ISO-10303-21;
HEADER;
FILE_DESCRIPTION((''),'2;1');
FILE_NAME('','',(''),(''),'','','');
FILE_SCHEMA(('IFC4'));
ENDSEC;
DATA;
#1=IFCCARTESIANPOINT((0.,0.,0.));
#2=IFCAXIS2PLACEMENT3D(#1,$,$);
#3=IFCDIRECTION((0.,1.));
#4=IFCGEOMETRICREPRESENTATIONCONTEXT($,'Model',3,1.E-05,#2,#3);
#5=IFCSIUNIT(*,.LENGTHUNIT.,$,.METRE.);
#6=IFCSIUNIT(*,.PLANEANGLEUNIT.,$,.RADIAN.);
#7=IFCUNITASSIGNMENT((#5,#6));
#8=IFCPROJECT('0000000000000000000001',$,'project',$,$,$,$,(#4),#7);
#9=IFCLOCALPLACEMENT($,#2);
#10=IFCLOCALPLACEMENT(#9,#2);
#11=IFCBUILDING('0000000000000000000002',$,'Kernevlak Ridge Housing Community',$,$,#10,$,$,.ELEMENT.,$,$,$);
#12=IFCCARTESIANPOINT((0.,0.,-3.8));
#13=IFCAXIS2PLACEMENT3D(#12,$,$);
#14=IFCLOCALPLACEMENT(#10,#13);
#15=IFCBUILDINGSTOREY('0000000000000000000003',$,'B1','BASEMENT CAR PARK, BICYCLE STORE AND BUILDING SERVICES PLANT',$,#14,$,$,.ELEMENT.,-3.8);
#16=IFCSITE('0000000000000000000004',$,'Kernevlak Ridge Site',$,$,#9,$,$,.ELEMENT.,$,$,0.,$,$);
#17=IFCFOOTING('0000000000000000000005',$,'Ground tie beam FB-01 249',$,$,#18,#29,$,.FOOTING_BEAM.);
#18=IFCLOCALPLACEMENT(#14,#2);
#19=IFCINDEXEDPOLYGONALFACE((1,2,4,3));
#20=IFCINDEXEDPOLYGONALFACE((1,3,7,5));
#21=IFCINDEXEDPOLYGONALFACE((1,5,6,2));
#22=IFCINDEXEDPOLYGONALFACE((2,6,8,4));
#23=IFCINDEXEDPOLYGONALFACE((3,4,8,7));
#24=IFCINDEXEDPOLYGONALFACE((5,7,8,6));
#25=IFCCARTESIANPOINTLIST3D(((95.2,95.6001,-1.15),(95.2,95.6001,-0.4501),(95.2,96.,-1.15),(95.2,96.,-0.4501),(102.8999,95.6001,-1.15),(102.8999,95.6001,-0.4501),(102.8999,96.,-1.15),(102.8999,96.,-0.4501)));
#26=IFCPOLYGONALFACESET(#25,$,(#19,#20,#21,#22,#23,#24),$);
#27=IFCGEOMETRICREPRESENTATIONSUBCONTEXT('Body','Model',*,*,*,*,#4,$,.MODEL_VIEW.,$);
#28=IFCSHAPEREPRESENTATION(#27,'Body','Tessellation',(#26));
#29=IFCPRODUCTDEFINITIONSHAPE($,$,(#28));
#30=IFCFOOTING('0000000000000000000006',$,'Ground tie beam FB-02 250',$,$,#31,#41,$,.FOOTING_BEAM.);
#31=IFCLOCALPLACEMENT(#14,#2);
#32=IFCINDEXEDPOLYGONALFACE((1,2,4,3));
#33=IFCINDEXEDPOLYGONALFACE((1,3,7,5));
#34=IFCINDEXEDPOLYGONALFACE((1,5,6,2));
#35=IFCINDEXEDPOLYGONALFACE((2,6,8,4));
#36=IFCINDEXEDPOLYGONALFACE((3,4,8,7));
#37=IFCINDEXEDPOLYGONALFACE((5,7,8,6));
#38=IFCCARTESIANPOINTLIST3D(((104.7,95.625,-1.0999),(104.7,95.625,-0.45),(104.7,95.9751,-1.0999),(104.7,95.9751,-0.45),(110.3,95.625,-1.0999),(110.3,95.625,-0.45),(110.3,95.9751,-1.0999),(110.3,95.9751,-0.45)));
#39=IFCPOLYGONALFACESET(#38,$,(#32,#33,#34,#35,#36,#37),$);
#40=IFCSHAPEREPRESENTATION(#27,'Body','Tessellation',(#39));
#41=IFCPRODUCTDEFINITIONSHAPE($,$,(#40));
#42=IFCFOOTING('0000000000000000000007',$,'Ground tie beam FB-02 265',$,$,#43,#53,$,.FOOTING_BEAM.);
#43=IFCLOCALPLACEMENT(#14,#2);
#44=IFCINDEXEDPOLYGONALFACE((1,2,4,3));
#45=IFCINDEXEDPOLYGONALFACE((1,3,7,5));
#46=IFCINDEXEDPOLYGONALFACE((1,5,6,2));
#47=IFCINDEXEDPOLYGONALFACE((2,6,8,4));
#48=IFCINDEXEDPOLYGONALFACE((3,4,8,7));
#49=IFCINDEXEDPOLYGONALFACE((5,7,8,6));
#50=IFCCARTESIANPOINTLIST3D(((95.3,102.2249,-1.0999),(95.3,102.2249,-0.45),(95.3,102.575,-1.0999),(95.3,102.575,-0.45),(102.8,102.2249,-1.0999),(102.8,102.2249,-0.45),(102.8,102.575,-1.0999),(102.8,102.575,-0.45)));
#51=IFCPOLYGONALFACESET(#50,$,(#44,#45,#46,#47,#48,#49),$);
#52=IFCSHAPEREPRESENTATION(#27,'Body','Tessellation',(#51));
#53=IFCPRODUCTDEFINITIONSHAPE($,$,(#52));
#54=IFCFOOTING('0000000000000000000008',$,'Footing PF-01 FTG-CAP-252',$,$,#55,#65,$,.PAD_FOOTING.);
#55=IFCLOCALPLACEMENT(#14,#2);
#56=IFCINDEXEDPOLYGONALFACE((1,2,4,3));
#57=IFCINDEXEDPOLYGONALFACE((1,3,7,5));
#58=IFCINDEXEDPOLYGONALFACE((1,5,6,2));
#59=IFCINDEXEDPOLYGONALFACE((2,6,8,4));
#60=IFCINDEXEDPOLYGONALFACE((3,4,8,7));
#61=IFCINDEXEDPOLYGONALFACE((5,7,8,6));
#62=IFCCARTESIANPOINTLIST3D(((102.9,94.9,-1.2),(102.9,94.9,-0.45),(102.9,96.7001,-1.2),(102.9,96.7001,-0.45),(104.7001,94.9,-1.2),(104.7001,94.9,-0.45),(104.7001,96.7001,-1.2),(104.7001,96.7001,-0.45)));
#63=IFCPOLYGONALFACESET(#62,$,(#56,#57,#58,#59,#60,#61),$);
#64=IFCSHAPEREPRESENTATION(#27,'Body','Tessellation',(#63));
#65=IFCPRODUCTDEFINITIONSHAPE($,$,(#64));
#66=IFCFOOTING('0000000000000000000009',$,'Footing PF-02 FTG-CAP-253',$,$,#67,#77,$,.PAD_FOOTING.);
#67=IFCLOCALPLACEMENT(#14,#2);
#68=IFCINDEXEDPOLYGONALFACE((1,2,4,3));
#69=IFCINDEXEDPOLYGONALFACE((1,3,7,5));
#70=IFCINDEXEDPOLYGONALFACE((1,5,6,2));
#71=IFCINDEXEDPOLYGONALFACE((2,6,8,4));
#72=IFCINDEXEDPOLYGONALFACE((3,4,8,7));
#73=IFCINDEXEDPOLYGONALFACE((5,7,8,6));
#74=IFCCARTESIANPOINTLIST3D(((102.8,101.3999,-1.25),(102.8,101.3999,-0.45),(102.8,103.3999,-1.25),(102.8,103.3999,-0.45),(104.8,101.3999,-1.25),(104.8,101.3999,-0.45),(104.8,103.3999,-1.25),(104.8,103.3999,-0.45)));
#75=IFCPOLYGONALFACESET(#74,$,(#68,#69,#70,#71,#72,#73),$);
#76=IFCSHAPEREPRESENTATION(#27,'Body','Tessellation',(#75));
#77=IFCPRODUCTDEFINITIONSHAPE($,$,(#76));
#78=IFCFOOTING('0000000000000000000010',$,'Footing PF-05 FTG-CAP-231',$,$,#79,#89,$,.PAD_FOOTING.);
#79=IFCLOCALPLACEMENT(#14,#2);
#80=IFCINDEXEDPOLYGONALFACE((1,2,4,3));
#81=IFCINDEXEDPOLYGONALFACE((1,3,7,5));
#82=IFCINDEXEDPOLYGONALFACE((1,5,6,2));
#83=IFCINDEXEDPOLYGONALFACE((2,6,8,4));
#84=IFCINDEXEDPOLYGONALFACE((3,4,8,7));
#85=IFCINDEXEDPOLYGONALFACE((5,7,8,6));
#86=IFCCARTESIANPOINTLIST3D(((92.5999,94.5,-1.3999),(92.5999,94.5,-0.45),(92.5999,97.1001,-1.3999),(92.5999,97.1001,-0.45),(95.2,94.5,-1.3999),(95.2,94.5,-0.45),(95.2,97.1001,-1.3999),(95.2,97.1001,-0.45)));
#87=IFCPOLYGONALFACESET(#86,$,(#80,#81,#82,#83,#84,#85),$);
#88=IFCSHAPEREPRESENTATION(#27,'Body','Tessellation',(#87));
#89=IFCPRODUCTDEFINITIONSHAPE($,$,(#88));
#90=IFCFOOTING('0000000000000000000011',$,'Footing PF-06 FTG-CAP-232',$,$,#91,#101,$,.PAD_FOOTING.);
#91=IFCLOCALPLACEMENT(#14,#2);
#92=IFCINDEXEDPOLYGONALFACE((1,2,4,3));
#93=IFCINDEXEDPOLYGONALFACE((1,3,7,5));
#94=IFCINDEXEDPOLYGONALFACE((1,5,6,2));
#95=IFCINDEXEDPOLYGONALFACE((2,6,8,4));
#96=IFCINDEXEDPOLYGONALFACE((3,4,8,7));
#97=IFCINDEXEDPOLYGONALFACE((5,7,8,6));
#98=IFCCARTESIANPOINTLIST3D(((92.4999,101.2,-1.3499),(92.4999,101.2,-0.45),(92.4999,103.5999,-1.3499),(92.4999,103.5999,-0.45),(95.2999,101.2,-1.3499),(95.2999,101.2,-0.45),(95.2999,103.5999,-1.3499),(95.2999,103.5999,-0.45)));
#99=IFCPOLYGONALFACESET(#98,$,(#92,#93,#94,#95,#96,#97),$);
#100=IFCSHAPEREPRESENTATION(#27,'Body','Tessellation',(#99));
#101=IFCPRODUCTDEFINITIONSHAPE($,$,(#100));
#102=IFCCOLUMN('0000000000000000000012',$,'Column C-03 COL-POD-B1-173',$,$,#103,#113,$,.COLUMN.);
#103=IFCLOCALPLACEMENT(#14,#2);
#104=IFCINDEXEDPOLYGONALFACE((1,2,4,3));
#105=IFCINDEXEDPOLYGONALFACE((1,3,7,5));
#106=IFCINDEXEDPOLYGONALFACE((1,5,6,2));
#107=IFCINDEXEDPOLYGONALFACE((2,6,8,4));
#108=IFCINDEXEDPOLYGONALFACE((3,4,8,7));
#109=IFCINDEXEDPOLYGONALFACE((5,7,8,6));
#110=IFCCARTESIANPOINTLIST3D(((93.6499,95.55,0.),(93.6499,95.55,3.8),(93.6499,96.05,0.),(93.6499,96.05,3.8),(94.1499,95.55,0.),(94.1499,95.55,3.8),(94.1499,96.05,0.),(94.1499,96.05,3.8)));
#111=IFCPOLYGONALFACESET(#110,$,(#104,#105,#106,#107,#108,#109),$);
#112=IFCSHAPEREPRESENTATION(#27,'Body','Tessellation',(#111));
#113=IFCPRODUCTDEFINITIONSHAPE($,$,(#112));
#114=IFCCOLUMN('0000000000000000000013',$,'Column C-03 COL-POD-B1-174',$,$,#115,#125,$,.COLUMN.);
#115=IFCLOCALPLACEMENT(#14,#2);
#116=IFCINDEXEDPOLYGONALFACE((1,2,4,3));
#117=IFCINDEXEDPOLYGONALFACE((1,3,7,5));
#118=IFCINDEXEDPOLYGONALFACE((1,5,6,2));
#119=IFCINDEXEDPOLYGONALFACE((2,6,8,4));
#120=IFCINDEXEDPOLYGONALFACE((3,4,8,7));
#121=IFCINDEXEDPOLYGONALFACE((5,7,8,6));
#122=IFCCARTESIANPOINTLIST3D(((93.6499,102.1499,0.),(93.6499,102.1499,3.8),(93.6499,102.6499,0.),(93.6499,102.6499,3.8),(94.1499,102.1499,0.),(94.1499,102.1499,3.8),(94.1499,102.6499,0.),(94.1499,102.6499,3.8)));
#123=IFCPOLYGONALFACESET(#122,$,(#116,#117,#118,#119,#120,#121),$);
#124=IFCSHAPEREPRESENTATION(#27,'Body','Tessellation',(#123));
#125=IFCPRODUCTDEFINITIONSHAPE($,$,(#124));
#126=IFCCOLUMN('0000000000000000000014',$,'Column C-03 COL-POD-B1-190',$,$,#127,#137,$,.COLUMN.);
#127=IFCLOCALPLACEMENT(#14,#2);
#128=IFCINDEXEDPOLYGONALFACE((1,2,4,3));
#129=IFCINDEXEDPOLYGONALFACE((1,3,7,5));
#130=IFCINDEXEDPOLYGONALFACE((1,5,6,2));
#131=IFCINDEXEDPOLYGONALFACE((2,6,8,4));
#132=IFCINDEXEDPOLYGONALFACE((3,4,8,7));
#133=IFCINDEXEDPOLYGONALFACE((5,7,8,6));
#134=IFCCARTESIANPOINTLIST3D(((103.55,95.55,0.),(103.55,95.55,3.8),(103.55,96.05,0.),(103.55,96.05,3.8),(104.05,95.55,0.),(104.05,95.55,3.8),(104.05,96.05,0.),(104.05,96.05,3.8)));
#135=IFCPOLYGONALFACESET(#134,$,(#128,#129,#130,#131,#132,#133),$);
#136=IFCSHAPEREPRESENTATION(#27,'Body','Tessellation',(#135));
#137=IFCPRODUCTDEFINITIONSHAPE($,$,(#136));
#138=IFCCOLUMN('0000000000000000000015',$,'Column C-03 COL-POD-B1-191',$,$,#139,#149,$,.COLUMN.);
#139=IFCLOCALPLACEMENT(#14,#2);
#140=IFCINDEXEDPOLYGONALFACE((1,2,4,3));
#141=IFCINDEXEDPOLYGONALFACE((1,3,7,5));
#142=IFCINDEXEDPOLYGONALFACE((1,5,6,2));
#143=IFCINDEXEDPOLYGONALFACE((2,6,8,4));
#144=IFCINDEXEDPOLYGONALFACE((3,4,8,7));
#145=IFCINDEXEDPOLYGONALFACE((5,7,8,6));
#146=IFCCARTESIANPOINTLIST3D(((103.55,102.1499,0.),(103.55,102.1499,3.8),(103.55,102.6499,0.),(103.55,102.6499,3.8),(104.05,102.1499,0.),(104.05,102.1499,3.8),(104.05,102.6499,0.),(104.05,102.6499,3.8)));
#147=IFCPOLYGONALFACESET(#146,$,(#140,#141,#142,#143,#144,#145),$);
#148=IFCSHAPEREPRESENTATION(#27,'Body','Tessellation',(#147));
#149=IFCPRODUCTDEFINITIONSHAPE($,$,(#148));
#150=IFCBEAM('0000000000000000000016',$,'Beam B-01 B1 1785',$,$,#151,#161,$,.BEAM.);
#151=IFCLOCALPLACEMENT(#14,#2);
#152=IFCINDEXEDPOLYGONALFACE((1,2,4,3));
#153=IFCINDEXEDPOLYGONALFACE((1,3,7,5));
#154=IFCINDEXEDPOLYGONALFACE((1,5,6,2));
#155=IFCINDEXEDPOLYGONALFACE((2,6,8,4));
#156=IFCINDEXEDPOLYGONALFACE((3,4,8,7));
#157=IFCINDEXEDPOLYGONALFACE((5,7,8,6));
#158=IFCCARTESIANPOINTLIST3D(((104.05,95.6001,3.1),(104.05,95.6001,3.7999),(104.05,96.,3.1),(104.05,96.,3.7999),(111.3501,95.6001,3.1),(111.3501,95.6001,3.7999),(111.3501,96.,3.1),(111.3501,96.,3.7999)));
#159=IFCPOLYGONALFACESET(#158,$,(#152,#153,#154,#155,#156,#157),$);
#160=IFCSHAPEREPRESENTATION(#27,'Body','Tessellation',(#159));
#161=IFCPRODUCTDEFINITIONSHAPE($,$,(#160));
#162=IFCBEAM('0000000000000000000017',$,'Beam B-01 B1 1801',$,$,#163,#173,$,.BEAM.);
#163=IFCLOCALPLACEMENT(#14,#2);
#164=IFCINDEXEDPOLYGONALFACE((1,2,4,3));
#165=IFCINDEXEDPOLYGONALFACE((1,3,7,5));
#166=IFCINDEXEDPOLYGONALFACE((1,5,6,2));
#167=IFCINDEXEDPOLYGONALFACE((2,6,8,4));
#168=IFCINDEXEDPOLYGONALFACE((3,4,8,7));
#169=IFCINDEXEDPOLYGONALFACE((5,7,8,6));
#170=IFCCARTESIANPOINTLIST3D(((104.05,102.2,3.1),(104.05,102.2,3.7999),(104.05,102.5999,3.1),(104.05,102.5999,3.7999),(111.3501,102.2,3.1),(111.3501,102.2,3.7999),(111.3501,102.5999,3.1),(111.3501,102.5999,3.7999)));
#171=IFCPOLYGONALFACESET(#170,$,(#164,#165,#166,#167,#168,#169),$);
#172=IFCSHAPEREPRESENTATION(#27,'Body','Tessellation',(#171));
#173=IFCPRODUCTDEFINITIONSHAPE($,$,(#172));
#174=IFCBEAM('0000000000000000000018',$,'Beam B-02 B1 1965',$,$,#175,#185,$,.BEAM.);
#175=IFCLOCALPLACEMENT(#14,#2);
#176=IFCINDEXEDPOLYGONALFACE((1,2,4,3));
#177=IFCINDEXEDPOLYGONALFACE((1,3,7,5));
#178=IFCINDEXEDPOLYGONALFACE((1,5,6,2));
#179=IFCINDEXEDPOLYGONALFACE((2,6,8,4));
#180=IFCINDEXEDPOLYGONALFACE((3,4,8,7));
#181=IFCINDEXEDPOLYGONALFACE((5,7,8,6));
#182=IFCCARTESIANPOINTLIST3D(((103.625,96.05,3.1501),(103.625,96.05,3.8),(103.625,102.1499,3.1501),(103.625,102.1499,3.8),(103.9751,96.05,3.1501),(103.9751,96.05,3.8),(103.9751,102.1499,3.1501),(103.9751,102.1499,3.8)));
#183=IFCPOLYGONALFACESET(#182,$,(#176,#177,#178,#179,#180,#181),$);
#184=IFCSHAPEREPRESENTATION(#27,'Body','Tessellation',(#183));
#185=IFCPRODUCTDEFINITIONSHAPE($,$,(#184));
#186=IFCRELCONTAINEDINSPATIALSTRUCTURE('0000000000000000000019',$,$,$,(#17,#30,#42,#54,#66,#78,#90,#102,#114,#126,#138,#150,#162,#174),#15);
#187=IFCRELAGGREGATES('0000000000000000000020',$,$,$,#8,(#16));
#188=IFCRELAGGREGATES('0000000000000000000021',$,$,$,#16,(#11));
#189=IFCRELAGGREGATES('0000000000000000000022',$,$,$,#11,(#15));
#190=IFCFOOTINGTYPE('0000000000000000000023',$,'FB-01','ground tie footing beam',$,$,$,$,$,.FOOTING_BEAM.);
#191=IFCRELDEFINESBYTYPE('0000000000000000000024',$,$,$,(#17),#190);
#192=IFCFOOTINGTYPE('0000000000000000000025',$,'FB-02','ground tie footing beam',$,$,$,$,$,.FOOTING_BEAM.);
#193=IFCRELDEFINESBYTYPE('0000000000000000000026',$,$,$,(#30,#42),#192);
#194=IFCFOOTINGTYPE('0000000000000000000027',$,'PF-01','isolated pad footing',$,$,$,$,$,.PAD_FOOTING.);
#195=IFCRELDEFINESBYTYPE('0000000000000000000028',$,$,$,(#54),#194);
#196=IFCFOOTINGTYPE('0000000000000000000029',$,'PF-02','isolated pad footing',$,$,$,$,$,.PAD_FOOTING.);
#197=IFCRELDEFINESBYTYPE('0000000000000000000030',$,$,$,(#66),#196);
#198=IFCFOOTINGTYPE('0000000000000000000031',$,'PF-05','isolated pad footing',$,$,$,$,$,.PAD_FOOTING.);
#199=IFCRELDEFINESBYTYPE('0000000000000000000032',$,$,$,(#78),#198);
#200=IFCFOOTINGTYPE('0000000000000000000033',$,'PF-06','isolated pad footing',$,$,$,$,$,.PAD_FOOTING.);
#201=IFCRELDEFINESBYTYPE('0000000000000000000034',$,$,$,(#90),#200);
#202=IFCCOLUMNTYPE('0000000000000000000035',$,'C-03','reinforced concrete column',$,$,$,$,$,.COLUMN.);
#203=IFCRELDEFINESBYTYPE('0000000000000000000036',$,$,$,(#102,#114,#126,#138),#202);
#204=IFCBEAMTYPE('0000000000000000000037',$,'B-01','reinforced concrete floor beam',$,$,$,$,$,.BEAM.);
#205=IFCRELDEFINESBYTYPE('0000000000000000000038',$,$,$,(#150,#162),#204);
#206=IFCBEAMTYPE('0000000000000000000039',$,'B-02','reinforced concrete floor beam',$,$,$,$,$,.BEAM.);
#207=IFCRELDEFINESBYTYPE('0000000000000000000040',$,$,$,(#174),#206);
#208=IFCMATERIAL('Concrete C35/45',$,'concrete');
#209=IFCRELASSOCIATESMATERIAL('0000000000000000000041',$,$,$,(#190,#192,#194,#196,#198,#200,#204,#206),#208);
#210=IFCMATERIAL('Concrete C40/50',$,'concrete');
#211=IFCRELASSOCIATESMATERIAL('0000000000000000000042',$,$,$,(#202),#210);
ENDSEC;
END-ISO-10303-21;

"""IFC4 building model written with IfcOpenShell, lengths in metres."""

from ifc_helpers import new_model, si_unit, direction, frame, origin, origin_2d, place, context, subcontext, project, spatial, rectangle, extrude, material, material_profile, profile_set, type_object, element, save


model = new_model("IFC4")

# Units and contexts
model_context = context("Model", 3, precision=1e-05, world=origin(), true_north=direction((0.0, 1.0)))
body_context = subcontext(model_context, "Body", "Model", "MODEL_VIEW")
ifc_project = project(units=[si_unit("LENGTHUNIT", "METRE"), si_unit("PLANEANGLEUNIT", "RADIAN")], contexts=[model_context])

# Site, building, storey
site_placement = place(None, origin())
site = spatial("IfcSite", under=ifc_project, at=site_placement, Name="Kernevlak Ridge Site", CompositionType="ELEMENT", RefElevation=0.0)
building_placement = place(site_placement, origin())
building = spatial("IfcBuilding", under=site, at=building_placement, Name="Kernevlak Ridge Housing Community", CompositionType="ELEMENT")
storey_placement = place(building_placement, frame((0.0, 0.0, -3.8)))
storey = spatial("IfcBuildingStorey", under=building, at=storey_placement, Name="B1", Description="BASEMENT CAR PARK, BICYCLE STORE AND BUILDING SERVICES PLANT", CompositionType="ELEMENT", Elevation=-3.8)

# Footings
ifc_material_1 = material(Name="Concrete C35/45", Category="concrete")
ifc_material_profile_1 = material_profile(ifc_material_1, rectangle(XDim=0.3999, YDim=0.7, at=origin_2d()), Name="RC 400x700")
ifc_profile_set_1 = profile_set([ifc_material_profile_1], Name="Concrete C35/45")
footing_type_1 = type_object("IfcFootingType", Name="FB-01", Description="ground tie footing beam", PredefinedType="FOOTING_BEAM", material=ifc_profile_set_1)
footing_1_placement = place(storey_placement, frame((95.2, 95.8, -0.8), z_axis=(1.0, 0.0, 0.0), x_axis=(0.0, 1.0, 0.0)))
element("IfcFooting", 1, at=footing_1_placement, inside=storey, type_object=footing_type_1, Name="Ground tie beam FB-01 249", PredefinedType="FOOTING_BEAM", context=body_context, shape_type="SweptSolid", body=[
    extrude(rectangle(XDim=0.3999, YDim=0.7, at=origin_2d()), origin(), (0.0, 0.0, 1.0), 7.7),
])
ifc_material_profile_2 = material_profile(ifc_material_1, rectangle(XDim=0.3501, YDim=0.6499, at=origin_2d()), Name="RC 350x650")
ifc_profile_set_2 = profile_set([ifc_material_profile_2], Name="Concrete C35/45")
footing_type_2 = type_object("IfcFootingType", Name="FB-02", Description="ground tie footing beam", PredefinedType="FOOTING_BEAM", material=ifc_profile_set_2)
footing_2_placement = place(storey_placement, frame((104.7, 95.8, -0.7749), z_axis=(1.0, 0.0, 0.0), x_axis=(0.0, 1.0, 0.0)))
element("IfcFooting", 2, at=footing_2_placement, inside=storey, type_object=footing_type_2, Name="Ground tie beam FB-02 250", PredefinedType="FOOTING_BEAM", context=body_context, shape_type="SweptSolid", body=[
    extrude(rectangle(XDim=0.3501, YDim=0.6499, at=origin_2d()), origin(), (0.0, 0.0, 1.0), 5.6001),
])
footing_3_placement = place(storey_placement, frame((95.3, 102.3999, -0.7749), z_axis=(1.0, 0.0, 0.0), x_axis=(0.0, 1.0, 0.0)))
element("IfcFooting", 3, at=footing_3_placement, inside=storey, type_object=footing_type_2, Name="Ground tie beam FB-02 265", PredefinedType="FOOTING_BEAM", context=body_context, shape_type="SweptSolid", body=[
    extrude(rectangle(XDim=0.3501, YDim=0.6499, at=origin_2d()), origin(), (0.0, 0.0, 1.0), 7.5),
])
footing_type_3 = type_object("IfcFootingType", Name="PF-01", Description="isolated pad footing", PredefinedType="PAD_FOOTING", material=ifc_material_1)
footing_4_placement = place(storey_placement, frame((103.8, 95.8, -1.2), z_axis=(0.0, 0.0, 1.0), x_axis=(1.0, 0.0, 0.0)))
element("IfcFooting", 4, at=footing_4_placement, inside=storey, type_object=footing_type_3, Name="Footing PF-01 FTG-CAP-252", PredefinedType="PAD_FOOTING", context=body_context, shape_type="SweptSolid", body=[
    extrude(rectangle(XDim=1.8, YDim=1.8, at=origin_2d()), origin(), (0.0, 0.0, 1.0), 0.75),
])
footing_type_4 = type_object("IfcFootingType", Name="PF-02", Description="isolated pad footing", PredefinedType="PAD_FOOTING", material=ifc_material_1)
footing_5_placement = place(storey_placement, frame((103.8, 102.3999, -1.25), z_axis=(0.0, 0.0, 1.0), x_axis=(1.0, 0.0, 0.0)))
element("IfcFooting", 5, at=footing_5_placement, inside=storey, type_object=footing_type_4, Name="Footing PF-02 FTG-CAP-253", PredefinedType="PAD_FOOTING", context=body_context, shape_type="SweptSolid", body=[
    extrude(rectangle(XDim=2.0, YDim=2.0, at=origin_2d()), origin(), (0.0, 0.0, 1.0), 0.8),
])
footing_type_5 = type_object("IfcFootingType", Name="PF-05", Description="isolated pad footing", PredefinedType="PAD_FOOTING", material=ifc_material_1)
footing_6_placement = place(storey_placement, frame((93.8999, 95.8, -1.3999), z_axis=(0.0, 0.0, 1.0), x_axis=(1.0, 0.0, 0.0)))
element("IfcFooting", 6, at=footing_6_placement, inside=storey, type_object=footing_type_5, Name="Footing PF-05 FTG-CAP-231", PredefinedType="PAD_FOOTING", context=body_context, shape_type="SweptSolid", body=[
    extrude(rectangle(XDim=2.6001, YDim=2.6001, at=origin_2d()), origin(), (0.0, 0.0, 1.0), 0.95),
])
footing_type_6 = type_object("IfcFootingType", Name="PF-06", Description="isolated pad footing", PredefinedType="PAD_FOOTING", material=ifc_material_1)
footing_7_placement = place(storey_placement, frame((93.8999, 102.3999, -1.3499), z_axis=(0.0, 0.0, 1.0), x_axis=(1.0, 0.0, 0.0)))
element("IfcFooting", 7, at=footing_7_placement, inside=storey, type_object=footing_type_6, Name="Footing PF-06 FTG-CAP-232", PredefinedType="PAD_FOOTING", context=body_context, shape_type="SweptSolid", body=[
    extrude(rectangle(XDim=2.8, YDim=2.3999, at=origin_2d()), origin(), (0.0, 0.0, 1.0), 0.8999),
])

# Columns
ifc_material_2 = material(Name="Concrete C40/50", Category="concrete")
ifc_material_profile_3 = material_profile(ifc_material_2, rectangle(XDim=0.5, YDim=0.5, at=origin_2d()), Name="RC 500x500")
ifc_profile_set_3 = profile_set([ifc_material_profile_3], Name="Concrete C40/50")
column_type = type_object("IfcColumnType", Name="C-03", Description="reinforced concrete column", PredefinedType="COLUMN", material=ifc_profile_set_3)
for number, where, z_axis, x_axis, name in (
    (8, (93.8999, 95.8, 0.0), (0.0, 0.0, 1.0), (1.0, 0.0, 0.0), "Column C-03 COL-POD-B1-173"),
    (9, (93.8999, 102.3999, 0.0), (0.0, 0.0, 1.0), (1.0, 0.0, 0.0), "Column C-03 COL-POD-B1-174"),
    (10, (103.8, 95.8, 0.0), (0.0, 0.0, 1.0), (1.0, 0.0, 0.0), "Column C-03 COL-POD-B1-190"),
    (11, (103.8, 102.3999, 0.0), (0.0, 0.0, 1.0), (1.0, 0.0, 0.0), "Column C-03 COL-POD-B1-191"),
):
    element("IfcColumn", number, at=place(storey_placement, frame(where, z_axis=z_axis, x_axis=x_axis)), inside=storey, type_object=column_type, Name=name, PredefinedType="COLUMN", context=body_context, shape_type="SweptSolid", body=[
        extrude(rectangle(XDim=0.5, YDim=0.5, at=origin_2d()), origin(), (0.0, 0.0, 1.0), 3.8),
    ])

# Beams
ifc_material_profile_4 = material_profile(ifc_material_1, rectangle(XDim=0.3999, YDim=0.7, at=origin_2d()), Name="RC 400x700")
ifc_profile_set_4 = profile_set([ifc_material_profile_4], Name="Concrete C35/45")
beam_type_1 = type_object("IfcBeamType", Name="B-01", Description="reinforced concrete floor beam", PredefinedType="BEAM", material=ifc_profile_set_4)
for number, where, z_axis, x_axis, name in (
    (12, (104.05, 95.8, 3.45), (1.0, 0.0, 0.0), (0.0, 1.0, 0.0), "Beam B-01 B1 1785"),
    (13, (104.05, 102.3999, 3.45), (1.0, 0.0, 0.0), (0.0, 1.0, 0.0), "Beam B-01 B1 1801"),
):
    element("IfcBeam", number, at=place(storey_placement, frame(where, z_axis=z_axis, x_axis=x_axis)), inside=storey, type_object=beam_type_1, Name=name, PredefinedType="BEAM", context=body_context, shape_type="SweptSolid", body=[
        extrude(rectangle(XDim=0.3999, YDim=0.7, at=origin_2d()), origin(), (0.0, 0.0, 1.0), 7.3),
    ])
ifc_material_profile_5 = material_profile(ifc_material_1, rectangle(XDim=0.3501, YDim=0.6499, at=origin_2d()), Name="RC 350x650")
ifc_profile_set_5 = profile_set([ifc_material_profile_5], Name="Concrete C35/45")
beam_type_2 = type_object("IfcBeamType", Name="B-02", Description="reinforced concrete floor beam", PredefinedType="BEAM", material=ifc_profile_set_5)
beam_placement = place(storey_placement, frame((103.8, 96.05, 3.4751), z_axis=(0.0, 1.0, 0.0), x_axis=(-1.0, 0.0, 0.0)))
element("IfcBeam", 14, at=beam_placement, inside=storey, type_object=beam_type_2, Name="Beam B-02 B1 1965", PredefinedType="BEAM", context=body_context, shape_type="SweptSolid", body=[
    extrude(rectangle(XDim=0.3501, YDim=0.6499, at=origin_2d()), origin(), (0.0, 0.0, 1.0), 6.0999),
])

save(model, "model.ifc")
